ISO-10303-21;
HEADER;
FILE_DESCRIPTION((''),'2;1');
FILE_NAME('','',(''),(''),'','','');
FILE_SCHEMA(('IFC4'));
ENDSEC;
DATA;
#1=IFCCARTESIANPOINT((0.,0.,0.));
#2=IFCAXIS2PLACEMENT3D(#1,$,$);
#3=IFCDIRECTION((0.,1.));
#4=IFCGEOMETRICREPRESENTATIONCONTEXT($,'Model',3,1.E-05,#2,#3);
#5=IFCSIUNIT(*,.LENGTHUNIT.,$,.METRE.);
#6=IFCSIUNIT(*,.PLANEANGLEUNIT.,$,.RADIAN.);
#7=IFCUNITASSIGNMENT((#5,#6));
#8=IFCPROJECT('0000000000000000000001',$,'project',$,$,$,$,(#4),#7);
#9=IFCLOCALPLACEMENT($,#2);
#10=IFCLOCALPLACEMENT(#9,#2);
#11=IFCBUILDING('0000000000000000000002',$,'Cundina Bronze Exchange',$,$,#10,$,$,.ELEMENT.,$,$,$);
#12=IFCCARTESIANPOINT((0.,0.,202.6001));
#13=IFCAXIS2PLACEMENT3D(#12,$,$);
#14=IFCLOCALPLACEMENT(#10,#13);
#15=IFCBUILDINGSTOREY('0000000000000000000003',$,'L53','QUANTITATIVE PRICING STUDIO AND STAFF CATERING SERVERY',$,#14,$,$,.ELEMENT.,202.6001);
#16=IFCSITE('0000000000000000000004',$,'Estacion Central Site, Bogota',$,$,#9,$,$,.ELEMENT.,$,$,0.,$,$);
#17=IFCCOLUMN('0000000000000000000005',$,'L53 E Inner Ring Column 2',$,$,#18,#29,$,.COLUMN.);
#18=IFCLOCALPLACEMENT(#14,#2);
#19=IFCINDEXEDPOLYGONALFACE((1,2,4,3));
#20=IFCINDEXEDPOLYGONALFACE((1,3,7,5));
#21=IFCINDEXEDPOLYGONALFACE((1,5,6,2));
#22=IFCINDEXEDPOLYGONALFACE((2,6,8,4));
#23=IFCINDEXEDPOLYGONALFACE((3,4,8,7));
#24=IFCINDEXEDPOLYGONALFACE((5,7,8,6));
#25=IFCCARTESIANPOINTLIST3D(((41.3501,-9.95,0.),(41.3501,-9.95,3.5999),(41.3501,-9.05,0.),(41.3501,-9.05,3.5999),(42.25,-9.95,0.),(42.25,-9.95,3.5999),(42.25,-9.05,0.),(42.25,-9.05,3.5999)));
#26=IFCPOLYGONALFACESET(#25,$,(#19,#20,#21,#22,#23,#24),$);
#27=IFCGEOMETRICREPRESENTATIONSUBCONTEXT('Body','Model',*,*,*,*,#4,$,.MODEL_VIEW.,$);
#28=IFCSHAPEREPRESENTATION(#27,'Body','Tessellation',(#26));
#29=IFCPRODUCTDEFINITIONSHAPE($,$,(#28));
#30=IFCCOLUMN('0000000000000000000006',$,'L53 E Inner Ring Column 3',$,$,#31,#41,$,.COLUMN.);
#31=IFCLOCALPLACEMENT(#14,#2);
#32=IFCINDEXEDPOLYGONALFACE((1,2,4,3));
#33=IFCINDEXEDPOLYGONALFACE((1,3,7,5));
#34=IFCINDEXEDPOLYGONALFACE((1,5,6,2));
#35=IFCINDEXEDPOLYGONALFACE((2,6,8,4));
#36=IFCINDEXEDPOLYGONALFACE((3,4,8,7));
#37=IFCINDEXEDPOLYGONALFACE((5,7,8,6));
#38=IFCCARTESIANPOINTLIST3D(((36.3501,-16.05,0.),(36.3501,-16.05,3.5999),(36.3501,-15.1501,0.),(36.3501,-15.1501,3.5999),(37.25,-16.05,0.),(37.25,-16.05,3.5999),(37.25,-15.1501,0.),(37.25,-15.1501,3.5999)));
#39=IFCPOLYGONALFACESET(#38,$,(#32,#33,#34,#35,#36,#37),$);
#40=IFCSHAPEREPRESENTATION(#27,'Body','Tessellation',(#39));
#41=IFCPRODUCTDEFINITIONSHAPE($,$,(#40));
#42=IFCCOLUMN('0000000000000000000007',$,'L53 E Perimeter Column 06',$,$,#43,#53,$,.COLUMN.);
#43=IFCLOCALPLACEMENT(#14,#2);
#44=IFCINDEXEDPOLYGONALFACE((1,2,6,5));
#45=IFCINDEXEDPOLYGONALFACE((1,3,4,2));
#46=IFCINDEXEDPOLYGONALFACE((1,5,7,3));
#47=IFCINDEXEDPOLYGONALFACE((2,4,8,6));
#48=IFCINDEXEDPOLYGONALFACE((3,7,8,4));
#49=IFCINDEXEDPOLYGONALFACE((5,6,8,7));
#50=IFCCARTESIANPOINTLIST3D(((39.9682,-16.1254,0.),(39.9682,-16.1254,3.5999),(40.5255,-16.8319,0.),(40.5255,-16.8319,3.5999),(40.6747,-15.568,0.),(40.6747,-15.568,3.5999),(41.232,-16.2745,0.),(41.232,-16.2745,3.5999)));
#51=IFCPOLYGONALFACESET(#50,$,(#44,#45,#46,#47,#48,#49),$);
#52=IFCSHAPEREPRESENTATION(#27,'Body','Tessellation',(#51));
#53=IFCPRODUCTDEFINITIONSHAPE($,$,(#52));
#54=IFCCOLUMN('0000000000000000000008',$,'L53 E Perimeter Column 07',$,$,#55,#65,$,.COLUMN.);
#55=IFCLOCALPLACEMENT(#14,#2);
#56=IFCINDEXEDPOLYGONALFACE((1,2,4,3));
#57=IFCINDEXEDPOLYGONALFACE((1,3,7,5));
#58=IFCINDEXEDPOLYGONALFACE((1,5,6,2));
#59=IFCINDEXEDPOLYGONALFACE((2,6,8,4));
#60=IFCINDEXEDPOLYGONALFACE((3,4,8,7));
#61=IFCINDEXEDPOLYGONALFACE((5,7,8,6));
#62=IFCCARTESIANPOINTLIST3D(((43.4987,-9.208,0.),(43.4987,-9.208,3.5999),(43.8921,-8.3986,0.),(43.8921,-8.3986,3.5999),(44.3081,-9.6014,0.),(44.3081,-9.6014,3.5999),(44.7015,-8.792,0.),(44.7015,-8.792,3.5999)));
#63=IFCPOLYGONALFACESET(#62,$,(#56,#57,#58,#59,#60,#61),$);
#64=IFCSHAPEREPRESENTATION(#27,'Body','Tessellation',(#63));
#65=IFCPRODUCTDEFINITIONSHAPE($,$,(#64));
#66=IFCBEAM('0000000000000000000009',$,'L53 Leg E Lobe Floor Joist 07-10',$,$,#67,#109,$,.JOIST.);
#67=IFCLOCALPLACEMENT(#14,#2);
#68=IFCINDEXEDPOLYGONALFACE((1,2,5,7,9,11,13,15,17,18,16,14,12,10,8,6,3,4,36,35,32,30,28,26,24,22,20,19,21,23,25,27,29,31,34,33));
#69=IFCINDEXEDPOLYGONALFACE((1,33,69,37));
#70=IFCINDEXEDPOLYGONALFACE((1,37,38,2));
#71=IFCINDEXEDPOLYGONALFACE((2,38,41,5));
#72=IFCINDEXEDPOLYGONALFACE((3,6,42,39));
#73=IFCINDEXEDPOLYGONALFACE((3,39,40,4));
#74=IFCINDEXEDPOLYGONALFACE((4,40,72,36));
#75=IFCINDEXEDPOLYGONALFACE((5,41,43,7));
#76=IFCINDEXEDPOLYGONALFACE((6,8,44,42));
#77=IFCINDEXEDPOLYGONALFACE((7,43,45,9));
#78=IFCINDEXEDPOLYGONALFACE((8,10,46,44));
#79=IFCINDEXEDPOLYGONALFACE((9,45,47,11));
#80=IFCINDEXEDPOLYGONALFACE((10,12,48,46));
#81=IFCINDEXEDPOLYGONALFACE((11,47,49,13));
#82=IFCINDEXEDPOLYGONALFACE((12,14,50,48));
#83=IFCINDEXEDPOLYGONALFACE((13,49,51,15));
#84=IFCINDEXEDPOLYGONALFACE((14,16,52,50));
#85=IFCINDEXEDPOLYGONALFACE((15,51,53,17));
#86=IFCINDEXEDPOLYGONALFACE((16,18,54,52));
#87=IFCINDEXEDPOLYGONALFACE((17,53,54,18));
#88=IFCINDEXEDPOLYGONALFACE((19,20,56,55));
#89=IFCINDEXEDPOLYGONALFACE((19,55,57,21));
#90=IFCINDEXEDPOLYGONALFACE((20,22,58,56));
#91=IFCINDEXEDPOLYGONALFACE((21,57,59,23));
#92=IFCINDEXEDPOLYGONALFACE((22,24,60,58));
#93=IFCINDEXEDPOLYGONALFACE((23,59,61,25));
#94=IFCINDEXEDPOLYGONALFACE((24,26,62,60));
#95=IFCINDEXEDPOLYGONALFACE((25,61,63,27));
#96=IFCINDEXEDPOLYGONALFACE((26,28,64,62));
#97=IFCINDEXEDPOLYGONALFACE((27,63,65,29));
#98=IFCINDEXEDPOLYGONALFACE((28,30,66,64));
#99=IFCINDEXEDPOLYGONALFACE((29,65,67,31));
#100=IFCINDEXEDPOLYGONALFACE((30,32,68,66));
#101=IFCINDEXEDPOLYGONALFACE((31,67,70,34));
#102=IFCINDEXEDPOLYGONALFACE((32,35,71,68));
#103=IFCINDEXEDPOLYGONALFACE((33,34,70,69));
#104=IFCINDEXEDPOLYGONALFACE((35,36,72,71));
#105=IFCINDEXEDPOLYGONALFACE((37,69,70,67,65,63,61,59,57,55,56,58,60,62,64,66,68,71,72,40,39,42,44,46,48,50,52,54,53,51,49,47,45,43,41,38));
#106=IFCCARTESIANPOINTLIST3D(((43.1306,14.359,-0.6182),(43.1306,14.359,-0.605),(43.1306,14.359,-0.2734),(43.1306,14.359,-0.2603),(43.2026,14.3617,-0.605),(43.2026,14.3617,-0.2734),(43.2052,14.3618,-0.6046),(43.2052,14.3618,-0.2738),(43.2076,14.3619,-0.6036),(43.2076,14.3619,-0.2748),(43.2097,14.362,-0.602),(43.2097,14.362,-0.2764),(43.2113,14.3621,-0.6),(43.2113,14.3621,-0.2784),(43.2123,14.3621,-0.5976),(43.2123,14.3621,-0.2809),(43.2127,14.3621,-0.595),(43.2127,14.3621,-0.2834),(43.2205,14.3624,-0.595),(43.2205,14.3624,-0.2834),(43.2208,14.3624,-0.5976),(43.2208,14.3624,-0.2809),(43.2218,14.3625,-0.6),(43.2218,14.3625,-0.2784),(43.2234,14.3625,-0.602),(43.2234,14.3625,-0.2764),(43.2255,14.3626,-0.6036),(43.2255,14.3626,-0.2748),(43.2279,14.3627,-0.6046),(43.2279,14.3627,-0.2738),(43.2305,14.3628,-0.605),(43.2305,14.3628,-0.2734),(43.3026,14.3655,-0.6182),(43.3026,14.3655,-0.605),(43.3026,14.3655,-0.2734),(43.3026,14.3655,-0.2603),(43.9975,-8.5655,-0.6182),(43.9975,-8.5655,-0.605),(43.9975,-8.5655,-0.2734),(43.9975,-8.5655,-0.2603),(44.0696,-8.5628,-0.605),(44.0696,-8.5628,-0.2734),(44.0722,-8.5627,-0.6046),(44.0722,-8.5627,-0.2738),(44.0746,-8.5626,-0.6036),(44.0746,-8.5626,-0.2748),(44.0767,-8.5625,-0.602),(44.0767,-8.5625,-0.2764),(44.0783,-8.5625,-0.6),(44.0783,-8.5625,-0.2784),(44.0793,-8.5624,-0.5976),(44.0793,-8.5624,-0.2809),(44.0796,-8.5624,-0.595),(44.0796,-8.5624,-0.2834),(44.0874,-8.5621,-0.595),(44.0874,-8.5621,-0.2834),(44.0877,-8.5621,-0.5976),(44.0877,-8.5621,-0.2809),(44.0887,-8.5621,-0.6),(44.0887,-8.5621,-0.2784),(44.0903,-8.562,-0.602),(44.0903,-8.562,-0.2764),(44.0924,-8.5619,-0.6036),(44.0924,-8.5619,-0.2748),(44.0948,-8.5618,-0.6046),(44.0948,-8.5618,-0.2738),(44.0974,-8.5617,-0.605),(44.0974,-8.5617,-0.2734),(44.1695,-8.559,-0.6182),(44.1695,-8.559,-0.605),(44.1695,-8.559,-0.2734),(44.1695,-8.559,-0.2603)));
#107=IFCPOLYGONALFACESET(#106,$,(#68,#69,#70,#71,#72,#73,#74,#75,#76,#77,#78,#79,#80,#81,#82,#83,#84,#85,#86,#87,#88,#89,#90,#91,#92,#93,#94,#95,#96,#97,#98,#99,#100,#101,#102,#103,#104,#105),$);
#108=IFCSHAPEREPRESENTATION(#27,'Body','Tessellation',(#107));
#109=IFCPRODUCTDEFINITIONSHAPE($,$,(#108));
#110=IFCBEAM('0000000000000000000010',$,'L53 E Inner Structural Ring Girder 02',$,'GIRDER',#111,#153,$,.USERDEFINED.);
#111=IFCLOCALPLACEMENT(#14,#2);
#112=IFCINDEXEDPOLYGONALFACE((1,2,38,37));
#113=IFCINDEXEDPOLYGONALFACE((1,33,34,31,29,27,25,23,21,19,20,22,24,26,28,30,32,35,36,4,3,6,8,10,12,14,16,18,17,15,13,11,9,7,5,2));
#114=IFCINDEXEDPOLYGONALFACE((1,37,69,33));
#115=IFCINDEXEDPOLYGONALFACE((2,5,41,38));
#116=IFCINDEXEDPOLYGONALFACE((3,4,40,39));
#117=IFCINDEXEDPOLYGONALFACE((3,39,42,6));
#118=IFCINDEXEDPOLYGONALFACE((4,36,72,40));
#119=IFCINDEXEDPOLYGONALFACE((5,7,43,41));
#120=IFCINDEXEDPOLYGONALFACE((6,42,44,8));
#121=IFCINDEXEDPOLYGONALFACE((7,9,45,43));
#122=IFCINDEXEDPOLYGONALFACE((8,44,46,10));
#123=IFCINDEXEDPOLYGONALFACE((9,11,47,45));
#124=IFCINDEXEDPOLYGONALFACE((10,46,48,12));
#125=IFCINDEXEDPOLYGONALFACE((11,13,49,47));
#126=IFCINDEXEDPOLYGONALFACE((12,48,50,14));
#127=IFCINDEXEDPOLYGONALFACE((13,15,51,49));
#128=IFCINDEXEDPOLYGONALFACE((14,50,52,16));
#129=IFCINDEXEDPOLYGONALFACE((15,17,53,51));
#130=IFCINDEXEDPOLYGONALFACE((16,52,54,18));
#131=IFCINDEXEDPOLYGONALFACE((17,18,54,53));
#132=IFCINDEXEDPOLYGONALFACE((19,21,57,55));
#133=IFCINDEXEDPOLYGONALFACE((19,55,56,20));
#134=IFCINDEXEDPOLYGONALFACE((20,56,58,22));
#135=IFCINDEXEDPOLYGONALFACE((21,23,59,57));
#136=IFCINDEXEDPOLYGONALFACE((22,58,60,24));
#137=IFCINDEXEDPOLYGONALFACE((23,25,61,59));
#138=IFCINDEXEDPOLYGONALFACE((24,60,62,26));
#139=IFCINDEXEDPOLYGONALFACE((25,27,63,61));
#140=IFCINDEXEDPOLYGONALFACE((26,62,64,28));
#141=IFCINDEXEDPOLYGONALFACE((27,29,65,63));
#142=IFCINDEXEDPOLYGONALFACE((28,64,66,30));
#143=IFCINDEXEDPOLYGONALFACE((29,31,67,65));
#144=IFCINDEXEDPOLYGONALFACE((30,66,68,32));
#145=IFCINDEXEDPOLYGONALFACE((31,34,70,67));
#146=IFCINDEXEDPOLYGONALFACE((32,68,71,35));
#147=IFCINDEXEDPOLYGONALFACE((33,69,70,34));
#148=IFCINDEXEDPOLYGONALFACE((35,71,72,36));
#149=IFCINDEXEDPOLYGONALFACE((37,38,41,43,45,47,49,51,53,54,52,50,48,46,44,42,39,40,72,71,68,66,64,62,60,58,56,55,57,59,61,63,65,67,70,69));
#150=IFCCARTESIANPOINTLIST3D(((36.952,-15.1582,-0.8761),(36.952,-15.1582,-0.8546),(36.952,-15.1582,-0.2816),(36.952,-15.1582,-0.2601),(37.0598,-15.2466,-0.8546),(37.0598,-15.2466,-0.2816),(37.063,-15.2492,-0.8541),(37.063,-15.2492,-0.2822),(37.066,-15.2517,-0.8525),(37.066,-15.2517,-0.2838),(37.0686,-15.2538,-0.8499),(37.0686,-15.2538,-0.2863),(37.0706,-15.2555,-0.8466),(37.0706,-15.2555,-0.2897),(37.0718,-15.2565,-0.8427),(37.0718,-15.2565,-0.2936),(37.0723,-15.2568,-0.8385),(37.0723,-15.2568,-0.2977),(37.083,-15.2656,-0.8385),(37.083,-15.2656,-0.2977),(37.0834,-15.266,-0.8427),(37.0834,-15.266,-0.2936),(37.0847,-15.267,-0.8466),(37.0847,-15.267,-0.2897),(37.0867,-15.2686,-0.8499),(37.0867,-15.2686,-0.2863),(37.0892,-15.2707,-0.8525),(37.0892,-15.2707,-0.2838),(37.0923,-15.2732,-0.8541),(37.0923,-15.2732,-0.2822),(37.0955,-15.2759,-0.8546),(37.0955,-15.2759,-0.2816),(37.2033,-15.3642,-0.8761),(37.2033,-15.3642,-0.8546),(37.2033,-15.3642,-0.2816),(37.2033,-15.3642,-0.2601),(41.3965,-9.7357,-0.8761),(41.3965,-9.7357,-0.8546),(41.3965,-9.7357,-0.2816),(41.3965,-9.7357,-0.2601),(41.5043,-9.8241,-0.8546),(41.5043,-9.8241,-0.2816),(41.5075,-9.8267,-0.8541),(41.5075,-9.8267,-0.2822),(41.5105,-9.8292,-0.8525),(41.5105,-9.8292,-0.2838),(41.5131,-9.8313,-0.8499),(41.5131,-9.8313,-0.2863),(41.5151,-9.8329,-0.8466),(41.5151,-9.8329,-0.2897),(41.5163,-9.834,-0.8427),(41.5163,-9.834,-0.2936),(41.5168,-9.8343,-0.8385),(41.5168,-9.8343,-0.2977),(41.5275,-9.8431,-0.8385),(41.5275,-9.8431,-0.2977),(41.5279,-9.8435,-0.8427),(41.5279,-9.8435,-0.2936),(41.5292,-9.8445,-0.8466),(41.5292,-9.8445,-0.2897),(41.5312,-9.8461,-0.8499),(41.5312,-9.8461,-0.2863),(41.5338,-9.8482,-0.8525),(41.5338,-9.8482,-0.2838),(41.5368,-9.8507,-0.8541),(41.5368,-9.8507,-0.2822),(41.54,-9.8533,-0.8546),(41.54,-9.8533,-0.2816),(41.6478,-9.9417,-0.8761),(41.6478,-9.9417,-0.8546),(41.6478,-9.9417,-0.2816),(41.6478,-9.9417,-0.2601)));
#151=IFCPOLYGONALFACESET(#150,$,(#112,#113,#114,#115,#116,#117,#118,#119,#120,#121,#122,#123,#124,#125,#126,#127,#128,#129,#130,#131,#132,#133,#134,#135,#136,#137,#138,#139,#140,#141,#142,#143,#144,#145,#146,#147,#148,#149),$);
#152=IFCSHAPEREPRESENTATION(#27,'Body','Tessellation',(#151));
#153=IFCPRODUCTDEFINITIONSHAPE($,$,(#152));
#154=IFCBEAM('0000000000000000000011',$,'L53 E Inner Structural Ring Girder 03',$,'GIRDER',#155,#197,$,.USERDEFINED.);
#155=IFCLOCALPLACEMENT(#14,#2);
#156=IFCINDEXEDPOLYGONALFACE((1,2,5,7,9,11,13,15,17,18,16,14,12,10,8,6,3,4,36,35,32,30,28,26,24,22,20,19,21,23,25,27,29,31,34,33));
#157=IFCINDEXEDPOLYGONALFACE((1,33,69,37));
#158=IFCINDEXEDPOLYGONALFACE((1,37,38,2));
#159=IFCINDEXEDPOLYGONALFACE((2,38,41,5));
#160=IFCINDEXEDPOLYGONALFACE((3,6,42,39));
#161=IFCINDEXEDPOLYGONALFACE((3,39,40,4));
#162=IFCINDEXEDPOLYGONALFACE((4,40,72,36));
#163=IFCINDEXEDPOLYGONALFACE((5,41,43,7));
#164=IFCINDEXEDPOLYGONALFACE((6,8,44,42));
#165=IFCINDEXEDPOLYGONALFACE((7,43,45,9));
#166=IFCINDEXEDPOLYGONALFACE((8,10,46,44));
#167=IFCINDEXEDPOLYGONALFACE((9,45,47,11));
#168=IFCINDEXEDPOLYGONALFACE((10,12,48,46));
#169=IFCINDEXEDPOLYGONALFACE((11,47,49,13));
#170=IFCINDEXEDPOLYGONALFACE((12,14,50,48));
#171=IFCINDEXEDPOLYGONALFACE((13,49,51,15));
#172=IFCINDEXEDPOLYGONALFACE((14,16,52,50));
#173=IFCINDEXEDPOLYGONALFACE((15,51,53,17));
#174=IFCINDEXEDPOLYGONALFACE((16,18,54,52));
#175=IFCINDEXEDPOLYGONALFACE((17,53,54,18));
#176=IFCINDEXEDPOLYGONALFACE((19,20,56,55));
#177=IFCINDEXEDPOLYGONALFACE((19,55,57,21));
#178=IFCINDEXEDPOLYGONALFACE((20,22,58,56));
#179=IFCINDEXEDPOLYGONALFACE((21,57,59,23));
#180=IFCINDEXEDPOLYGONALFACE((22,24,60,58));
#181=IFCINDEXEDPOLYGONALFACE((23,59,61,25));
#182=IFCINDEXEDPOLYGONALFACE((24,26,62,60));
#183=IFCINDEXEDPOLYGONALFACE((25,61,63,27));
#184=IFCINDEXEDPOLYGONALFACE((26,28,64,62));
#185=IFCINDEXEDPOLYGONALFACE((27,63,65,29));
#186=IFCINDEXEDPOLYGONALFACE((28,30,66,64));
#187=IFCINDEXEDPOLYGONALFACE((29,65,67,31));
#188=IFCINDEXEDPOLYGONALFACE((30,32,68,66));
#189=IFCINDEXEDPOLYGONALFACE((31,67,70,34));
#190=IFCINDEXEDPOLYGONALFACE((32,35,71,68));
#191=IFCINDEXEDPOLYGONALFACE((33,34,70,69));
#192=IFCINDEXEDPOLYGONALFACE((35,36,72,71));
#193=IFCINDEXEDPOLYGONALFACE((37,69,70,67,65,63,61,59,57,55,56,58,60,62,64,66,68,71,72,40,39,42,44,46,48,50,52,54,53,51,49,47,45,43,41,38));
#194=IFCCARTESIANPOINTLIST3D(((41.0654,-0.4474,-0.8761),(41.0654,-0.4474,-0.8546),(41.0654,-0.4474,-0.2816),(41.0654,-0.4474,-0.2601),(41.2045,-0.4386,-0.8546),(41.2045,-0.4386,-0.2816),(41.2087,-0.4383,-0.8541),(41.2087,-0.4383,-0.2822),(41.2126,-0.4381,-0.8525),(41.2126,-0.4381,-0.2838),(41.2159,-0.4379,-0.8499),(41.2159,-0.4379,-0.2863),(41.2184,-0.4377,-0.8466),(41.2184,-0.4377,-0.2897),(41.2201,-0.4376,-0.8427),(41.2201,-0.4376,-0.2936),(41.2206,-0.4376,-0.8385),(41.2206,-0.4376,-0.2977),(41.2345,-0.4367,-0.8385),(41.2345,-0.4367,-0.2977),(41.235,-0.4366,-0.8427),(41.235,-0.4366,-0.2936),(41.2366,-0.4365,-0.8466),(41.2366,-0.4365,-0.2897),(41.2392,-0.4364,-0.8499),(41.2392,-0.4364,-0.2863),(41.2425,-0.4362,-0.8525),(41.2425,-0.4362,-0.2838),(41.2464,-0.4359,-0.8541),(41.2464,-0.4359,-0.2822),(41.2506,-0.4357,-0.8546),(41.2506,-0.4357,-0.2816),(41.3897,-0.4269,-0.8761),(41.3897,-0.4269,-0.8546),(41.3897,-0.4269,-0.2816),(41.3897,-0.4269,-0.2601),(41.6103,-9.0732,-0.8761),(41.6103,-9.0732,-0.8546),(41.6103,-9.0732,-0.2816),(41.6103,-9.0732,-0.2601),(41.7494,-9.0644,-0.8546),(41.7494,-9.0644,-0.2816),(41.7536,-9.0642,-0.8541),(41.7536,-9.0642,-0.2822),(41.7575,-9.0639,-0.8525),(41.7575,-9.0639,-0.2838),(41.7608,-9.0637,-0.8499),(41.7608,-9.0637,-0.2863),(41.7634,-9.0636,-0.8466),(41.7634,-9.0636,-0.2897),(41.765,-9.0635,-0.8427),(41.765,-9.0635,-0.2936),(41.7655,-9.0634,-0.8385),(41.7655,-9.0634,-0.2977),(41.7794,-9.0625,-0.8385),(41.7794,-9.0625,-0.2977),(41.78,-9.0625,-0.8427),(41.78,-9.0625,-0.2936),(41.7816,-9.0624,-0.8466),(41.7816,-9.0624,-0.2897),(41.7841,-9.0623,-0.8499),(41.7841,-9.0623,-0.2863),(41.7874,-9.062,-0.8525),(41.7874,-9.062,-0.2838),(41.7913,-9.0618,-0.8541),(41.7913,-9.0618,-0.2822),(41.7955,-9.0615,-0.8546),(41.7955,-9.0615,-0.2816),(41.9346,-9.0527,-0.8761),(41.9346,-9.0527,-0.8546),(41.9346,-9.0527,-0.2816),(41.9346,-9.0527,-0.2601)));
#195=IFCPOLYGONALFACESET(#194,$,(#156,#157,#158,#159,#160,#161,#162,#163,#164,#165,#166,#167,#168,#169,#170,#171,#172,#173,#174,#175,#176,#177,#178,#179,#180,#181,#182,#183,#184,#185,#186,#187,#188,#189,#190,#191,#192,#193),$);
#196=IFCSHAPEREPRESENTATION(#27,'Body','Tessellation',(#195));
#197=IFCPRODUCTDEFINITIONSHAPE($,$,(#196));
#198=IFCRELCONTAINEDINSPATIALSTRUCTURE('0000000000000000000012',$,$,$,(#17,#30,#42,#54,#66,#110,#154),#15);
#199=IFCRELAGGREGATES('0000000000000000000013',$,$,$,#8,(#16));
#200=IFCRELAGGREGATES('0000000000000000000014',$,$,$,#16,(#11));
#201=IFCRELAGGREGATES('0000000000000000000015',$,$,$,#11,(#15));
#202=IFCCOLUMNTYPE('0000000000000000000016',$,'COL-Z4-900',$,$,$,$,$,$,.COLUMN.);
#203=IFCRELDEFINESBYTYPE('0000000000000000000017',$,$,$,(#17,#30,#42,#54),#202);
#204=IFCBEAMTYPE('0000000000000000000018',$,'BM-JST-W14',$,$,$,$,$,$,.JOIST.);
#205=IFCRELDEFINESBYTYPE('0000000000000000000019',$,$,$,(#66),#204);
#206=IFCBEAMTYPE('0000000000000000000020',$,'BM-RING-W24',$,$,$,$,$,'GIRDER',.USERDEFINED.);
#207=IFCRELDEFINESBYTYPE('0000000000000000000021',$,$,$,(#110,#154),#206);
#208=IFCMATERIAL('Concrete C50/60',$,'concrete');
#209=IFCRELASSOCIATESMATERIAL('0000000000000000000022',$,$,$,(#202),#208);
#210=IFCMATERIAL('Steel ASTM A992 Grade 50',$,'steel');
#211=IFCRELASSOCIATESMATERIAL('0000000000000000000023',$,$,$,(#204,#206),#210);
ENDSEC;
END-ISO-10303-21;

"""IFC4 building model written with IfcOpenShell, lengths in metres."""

from ifc_helpers import new_model, si_unit, direction, frame, origin, origin_2d, place, context, subcontext, project, spatial, rectangle, i_section, extrude, material, material_profile, profile_set, type_object, element, save


model = new_model("IFC4")

# Units and contexts
model_context = context("Model", 3, precision=1e-05, world=origin(), true_north=direction((0.0, 1.0)))
body_context = subcontext(model_context, "Body", "Model", "MODEL_VIEW")
ifc_project = project(units=[si_unit("LENGTHUNIT", "METRE"), si_unit("PLANEANGLEUNIT", "RADIAN")], contexts=[model_context])

# Site, building, storey
site_placement = place(None, origin())
site = spatial("IfcSite", under=ifc_project, at=site_placement, Name="Estacion Central Site, Bogota", CompositionType="ELEMENT", RefElevation=0.0)
building_placement = place(site_placement, origin())
building = spatial("IfcBuilding", under=site, at=building_placement, Name="Cundina Bronze Exchange", CompositionType="ELEMENT")
storey_placement = place(building_placement, frame((0.0, 0.0, 202.6001)))
storey = spatial("IfcBuildingStorey", under=building, at=storey_placement, Name="L53", Description="QUANTITATIVE PRICING STUDIO AND STAFF CATERING SERVERY", CompositionType="ELEMENT", Elevation=202.6001)

# Columns
ifc_material_1 = material(Name="Concrete C50/60", Category="concrete")
ifc_material_profile_1 = material_profile(ifc_material_1, rectangle(XDim=0.8999, YDim=0.8999, at=origin_2d()), Name="RC900X900", Category="concrete")
ifc_profile_set_1 = profile_set([ifc_material_profile_1], Name="Concrete C50/60")
column_type = type_object("IfcColumnType", Name="COL-Z4-900", PredefinedType="COLUMN", material=ifc_profile_set_1)
for number, where, z_axis, x_axis, name in (
    (1, (41.8, -9.5, 0.0), (0.0, 0.0, 1.0), (1.0, 0.0, 0.0), "L53 E Inner Ring Column 2"),
    (2, (36.8, -15.6001, 0.0), (0.0, 0.0, 1.0), (1.0, 0.0, 0.0), "L53 E Inner Ring Column 3"),
    (3, (40.6001, -16.2, 0.0), (0.0, 0.0, 1.0), (0.785101, 0.619368, 0.0), "L53 E Perimeter Column 06"),
    (4, (44.1001, -9.0, 0.0), (0.0, 0.0, 1.0), (0.437116, 0.899405, 0.0), "L53 E Perimeter Column 07"),
):
    element("IfcColumn", number, at=place(storey_placement, frame(where, z_axis=z_axis, x_axis=x_axis)), inside=storey, type_object=column_type, Name=name, PredefinedType="COLUMN", context=body_context, shape_type="SweptSolid", body=[
        extrude(rectangle(XDim=0.8999, YDim=0.8999, at=origin_2d()), origin(), (0.0, 0.0, 1.0), 3.5999),
    ])

# Beams
ifc_material_2 = material(Name="Steel ASTM A992 Grade 50", Category="steel")
ifc_material_profile_2 = material_profile(ifc_material_2, i_section(OverallWidth=0.1721, OverallDepth=0.3579, WebThickness=0.0078, FlangeThickness=0.0132, FilletRadius=0.01, at=origin_2d()), Name="W14X38", Category="steel")
ifc_profile_set_2 = profile_set([ifc_material_profile_2], Name="Steel ASTM A992 Grade 50")
beam_type_1 = type_object("IfcBeamType", Name="BM-JST-W14", PredefinedType="JOIST", material=ifc_profile_set_2)
beam_1_placement = place(storey_placement, frame((44.0835, -8.5623, -0.4392), z_axis=(-0.03779, 0.999286, 0.0), x_axis=(-0.999286, -0.03779, 0.0)))
element("IfcBeam", 5, at=beam_1_placement, inside=storey, type_object=beam_type_1, Name="L53 Leg E Lobe Floor Joist 07-10", PredefinedType="JOIST", context=body_context, shape_type="SweptSolid", body=[
    extrude(i_section(OverallWidth=0.1721, OverallDepth=0.3579, WebThickness=0.0078, FlangeThickness=0.0132, FilletRadius=0.01, at=origin_2d()), origin(), (0.0, 0.0, 1.0), 22.9409),
])
ifc_material_profile_3 = material_profile(ifc_material_2, i_section(OverallWidth=0.325, OverallDepth=0.616, WebThickness=0.0139, FlangeThickness=0.0215, FilletRadius=0.0161, at=origin_2d()), Name="W24X117", Category="steel")
ifc_profile_set_3 = profile_set([ifc_material_profile_3], Name="Steel ASTM A992 Grade 50")
beam_type_2 = type_object("IfcBeamType", Name="BM-RING-W24", ElementType="GIRDER", PredefinedType="USERDEFINED", material=ifc_profile_set_3)
beam_2_placement = place(storey_placement, frame((37.0776, -15.2612, -0.5681), z_axis=(0.633913, 0.773405, 0.0), x_axis=(-0.773405, 0.633913, 0.0)))
element("IfcBeam", 6, at=beam_2_placement, inside=storey, type_object=beam_type_2, Name="L53 E Inner Structural Ring Girder 02", ObjectType="GIRDER", PredefinedType="USERDEFINED", context=body_context, shape_type="SweptSolid", body=[
    extrude(i_section(OverallWidth=0.325, OverallDepth=0.616, WebThickness=0.0139, FlangeThickness=0.0215, FilletRadius=0.0161, at=origin_2d()), origin(), (0.0, 0.0, 1.0), 7.0112),
])
beam_3_placement = place(storey_placement, frame((41.7725, -9.063, -0.5681), z_axis=(-0.063047, 0.998011, 0.0), x_axis=(-0.998011, -0.063047, 0.0)))
element("IfcBeam", 7, at=beam_3_placement, inside=storey, type_object=beam_type_2, Name="L53 E Inner Structural Ring Girder 03", ObjectType="GIRDER", PredefinedType="USERDEFINED", context=body_context, shape_type="SweptSolid", body=[
    extrude(i_section(OverallWidth=0.325, OverallDepth=0.616, WebThickness=0.0139, FlangeThickness=0.0215, FilletRadius=0.0161, at=origin_2d()), origin(), (0.0, 0.0, 1.0), 8.6431),
])

save(model, "model.ifc")
